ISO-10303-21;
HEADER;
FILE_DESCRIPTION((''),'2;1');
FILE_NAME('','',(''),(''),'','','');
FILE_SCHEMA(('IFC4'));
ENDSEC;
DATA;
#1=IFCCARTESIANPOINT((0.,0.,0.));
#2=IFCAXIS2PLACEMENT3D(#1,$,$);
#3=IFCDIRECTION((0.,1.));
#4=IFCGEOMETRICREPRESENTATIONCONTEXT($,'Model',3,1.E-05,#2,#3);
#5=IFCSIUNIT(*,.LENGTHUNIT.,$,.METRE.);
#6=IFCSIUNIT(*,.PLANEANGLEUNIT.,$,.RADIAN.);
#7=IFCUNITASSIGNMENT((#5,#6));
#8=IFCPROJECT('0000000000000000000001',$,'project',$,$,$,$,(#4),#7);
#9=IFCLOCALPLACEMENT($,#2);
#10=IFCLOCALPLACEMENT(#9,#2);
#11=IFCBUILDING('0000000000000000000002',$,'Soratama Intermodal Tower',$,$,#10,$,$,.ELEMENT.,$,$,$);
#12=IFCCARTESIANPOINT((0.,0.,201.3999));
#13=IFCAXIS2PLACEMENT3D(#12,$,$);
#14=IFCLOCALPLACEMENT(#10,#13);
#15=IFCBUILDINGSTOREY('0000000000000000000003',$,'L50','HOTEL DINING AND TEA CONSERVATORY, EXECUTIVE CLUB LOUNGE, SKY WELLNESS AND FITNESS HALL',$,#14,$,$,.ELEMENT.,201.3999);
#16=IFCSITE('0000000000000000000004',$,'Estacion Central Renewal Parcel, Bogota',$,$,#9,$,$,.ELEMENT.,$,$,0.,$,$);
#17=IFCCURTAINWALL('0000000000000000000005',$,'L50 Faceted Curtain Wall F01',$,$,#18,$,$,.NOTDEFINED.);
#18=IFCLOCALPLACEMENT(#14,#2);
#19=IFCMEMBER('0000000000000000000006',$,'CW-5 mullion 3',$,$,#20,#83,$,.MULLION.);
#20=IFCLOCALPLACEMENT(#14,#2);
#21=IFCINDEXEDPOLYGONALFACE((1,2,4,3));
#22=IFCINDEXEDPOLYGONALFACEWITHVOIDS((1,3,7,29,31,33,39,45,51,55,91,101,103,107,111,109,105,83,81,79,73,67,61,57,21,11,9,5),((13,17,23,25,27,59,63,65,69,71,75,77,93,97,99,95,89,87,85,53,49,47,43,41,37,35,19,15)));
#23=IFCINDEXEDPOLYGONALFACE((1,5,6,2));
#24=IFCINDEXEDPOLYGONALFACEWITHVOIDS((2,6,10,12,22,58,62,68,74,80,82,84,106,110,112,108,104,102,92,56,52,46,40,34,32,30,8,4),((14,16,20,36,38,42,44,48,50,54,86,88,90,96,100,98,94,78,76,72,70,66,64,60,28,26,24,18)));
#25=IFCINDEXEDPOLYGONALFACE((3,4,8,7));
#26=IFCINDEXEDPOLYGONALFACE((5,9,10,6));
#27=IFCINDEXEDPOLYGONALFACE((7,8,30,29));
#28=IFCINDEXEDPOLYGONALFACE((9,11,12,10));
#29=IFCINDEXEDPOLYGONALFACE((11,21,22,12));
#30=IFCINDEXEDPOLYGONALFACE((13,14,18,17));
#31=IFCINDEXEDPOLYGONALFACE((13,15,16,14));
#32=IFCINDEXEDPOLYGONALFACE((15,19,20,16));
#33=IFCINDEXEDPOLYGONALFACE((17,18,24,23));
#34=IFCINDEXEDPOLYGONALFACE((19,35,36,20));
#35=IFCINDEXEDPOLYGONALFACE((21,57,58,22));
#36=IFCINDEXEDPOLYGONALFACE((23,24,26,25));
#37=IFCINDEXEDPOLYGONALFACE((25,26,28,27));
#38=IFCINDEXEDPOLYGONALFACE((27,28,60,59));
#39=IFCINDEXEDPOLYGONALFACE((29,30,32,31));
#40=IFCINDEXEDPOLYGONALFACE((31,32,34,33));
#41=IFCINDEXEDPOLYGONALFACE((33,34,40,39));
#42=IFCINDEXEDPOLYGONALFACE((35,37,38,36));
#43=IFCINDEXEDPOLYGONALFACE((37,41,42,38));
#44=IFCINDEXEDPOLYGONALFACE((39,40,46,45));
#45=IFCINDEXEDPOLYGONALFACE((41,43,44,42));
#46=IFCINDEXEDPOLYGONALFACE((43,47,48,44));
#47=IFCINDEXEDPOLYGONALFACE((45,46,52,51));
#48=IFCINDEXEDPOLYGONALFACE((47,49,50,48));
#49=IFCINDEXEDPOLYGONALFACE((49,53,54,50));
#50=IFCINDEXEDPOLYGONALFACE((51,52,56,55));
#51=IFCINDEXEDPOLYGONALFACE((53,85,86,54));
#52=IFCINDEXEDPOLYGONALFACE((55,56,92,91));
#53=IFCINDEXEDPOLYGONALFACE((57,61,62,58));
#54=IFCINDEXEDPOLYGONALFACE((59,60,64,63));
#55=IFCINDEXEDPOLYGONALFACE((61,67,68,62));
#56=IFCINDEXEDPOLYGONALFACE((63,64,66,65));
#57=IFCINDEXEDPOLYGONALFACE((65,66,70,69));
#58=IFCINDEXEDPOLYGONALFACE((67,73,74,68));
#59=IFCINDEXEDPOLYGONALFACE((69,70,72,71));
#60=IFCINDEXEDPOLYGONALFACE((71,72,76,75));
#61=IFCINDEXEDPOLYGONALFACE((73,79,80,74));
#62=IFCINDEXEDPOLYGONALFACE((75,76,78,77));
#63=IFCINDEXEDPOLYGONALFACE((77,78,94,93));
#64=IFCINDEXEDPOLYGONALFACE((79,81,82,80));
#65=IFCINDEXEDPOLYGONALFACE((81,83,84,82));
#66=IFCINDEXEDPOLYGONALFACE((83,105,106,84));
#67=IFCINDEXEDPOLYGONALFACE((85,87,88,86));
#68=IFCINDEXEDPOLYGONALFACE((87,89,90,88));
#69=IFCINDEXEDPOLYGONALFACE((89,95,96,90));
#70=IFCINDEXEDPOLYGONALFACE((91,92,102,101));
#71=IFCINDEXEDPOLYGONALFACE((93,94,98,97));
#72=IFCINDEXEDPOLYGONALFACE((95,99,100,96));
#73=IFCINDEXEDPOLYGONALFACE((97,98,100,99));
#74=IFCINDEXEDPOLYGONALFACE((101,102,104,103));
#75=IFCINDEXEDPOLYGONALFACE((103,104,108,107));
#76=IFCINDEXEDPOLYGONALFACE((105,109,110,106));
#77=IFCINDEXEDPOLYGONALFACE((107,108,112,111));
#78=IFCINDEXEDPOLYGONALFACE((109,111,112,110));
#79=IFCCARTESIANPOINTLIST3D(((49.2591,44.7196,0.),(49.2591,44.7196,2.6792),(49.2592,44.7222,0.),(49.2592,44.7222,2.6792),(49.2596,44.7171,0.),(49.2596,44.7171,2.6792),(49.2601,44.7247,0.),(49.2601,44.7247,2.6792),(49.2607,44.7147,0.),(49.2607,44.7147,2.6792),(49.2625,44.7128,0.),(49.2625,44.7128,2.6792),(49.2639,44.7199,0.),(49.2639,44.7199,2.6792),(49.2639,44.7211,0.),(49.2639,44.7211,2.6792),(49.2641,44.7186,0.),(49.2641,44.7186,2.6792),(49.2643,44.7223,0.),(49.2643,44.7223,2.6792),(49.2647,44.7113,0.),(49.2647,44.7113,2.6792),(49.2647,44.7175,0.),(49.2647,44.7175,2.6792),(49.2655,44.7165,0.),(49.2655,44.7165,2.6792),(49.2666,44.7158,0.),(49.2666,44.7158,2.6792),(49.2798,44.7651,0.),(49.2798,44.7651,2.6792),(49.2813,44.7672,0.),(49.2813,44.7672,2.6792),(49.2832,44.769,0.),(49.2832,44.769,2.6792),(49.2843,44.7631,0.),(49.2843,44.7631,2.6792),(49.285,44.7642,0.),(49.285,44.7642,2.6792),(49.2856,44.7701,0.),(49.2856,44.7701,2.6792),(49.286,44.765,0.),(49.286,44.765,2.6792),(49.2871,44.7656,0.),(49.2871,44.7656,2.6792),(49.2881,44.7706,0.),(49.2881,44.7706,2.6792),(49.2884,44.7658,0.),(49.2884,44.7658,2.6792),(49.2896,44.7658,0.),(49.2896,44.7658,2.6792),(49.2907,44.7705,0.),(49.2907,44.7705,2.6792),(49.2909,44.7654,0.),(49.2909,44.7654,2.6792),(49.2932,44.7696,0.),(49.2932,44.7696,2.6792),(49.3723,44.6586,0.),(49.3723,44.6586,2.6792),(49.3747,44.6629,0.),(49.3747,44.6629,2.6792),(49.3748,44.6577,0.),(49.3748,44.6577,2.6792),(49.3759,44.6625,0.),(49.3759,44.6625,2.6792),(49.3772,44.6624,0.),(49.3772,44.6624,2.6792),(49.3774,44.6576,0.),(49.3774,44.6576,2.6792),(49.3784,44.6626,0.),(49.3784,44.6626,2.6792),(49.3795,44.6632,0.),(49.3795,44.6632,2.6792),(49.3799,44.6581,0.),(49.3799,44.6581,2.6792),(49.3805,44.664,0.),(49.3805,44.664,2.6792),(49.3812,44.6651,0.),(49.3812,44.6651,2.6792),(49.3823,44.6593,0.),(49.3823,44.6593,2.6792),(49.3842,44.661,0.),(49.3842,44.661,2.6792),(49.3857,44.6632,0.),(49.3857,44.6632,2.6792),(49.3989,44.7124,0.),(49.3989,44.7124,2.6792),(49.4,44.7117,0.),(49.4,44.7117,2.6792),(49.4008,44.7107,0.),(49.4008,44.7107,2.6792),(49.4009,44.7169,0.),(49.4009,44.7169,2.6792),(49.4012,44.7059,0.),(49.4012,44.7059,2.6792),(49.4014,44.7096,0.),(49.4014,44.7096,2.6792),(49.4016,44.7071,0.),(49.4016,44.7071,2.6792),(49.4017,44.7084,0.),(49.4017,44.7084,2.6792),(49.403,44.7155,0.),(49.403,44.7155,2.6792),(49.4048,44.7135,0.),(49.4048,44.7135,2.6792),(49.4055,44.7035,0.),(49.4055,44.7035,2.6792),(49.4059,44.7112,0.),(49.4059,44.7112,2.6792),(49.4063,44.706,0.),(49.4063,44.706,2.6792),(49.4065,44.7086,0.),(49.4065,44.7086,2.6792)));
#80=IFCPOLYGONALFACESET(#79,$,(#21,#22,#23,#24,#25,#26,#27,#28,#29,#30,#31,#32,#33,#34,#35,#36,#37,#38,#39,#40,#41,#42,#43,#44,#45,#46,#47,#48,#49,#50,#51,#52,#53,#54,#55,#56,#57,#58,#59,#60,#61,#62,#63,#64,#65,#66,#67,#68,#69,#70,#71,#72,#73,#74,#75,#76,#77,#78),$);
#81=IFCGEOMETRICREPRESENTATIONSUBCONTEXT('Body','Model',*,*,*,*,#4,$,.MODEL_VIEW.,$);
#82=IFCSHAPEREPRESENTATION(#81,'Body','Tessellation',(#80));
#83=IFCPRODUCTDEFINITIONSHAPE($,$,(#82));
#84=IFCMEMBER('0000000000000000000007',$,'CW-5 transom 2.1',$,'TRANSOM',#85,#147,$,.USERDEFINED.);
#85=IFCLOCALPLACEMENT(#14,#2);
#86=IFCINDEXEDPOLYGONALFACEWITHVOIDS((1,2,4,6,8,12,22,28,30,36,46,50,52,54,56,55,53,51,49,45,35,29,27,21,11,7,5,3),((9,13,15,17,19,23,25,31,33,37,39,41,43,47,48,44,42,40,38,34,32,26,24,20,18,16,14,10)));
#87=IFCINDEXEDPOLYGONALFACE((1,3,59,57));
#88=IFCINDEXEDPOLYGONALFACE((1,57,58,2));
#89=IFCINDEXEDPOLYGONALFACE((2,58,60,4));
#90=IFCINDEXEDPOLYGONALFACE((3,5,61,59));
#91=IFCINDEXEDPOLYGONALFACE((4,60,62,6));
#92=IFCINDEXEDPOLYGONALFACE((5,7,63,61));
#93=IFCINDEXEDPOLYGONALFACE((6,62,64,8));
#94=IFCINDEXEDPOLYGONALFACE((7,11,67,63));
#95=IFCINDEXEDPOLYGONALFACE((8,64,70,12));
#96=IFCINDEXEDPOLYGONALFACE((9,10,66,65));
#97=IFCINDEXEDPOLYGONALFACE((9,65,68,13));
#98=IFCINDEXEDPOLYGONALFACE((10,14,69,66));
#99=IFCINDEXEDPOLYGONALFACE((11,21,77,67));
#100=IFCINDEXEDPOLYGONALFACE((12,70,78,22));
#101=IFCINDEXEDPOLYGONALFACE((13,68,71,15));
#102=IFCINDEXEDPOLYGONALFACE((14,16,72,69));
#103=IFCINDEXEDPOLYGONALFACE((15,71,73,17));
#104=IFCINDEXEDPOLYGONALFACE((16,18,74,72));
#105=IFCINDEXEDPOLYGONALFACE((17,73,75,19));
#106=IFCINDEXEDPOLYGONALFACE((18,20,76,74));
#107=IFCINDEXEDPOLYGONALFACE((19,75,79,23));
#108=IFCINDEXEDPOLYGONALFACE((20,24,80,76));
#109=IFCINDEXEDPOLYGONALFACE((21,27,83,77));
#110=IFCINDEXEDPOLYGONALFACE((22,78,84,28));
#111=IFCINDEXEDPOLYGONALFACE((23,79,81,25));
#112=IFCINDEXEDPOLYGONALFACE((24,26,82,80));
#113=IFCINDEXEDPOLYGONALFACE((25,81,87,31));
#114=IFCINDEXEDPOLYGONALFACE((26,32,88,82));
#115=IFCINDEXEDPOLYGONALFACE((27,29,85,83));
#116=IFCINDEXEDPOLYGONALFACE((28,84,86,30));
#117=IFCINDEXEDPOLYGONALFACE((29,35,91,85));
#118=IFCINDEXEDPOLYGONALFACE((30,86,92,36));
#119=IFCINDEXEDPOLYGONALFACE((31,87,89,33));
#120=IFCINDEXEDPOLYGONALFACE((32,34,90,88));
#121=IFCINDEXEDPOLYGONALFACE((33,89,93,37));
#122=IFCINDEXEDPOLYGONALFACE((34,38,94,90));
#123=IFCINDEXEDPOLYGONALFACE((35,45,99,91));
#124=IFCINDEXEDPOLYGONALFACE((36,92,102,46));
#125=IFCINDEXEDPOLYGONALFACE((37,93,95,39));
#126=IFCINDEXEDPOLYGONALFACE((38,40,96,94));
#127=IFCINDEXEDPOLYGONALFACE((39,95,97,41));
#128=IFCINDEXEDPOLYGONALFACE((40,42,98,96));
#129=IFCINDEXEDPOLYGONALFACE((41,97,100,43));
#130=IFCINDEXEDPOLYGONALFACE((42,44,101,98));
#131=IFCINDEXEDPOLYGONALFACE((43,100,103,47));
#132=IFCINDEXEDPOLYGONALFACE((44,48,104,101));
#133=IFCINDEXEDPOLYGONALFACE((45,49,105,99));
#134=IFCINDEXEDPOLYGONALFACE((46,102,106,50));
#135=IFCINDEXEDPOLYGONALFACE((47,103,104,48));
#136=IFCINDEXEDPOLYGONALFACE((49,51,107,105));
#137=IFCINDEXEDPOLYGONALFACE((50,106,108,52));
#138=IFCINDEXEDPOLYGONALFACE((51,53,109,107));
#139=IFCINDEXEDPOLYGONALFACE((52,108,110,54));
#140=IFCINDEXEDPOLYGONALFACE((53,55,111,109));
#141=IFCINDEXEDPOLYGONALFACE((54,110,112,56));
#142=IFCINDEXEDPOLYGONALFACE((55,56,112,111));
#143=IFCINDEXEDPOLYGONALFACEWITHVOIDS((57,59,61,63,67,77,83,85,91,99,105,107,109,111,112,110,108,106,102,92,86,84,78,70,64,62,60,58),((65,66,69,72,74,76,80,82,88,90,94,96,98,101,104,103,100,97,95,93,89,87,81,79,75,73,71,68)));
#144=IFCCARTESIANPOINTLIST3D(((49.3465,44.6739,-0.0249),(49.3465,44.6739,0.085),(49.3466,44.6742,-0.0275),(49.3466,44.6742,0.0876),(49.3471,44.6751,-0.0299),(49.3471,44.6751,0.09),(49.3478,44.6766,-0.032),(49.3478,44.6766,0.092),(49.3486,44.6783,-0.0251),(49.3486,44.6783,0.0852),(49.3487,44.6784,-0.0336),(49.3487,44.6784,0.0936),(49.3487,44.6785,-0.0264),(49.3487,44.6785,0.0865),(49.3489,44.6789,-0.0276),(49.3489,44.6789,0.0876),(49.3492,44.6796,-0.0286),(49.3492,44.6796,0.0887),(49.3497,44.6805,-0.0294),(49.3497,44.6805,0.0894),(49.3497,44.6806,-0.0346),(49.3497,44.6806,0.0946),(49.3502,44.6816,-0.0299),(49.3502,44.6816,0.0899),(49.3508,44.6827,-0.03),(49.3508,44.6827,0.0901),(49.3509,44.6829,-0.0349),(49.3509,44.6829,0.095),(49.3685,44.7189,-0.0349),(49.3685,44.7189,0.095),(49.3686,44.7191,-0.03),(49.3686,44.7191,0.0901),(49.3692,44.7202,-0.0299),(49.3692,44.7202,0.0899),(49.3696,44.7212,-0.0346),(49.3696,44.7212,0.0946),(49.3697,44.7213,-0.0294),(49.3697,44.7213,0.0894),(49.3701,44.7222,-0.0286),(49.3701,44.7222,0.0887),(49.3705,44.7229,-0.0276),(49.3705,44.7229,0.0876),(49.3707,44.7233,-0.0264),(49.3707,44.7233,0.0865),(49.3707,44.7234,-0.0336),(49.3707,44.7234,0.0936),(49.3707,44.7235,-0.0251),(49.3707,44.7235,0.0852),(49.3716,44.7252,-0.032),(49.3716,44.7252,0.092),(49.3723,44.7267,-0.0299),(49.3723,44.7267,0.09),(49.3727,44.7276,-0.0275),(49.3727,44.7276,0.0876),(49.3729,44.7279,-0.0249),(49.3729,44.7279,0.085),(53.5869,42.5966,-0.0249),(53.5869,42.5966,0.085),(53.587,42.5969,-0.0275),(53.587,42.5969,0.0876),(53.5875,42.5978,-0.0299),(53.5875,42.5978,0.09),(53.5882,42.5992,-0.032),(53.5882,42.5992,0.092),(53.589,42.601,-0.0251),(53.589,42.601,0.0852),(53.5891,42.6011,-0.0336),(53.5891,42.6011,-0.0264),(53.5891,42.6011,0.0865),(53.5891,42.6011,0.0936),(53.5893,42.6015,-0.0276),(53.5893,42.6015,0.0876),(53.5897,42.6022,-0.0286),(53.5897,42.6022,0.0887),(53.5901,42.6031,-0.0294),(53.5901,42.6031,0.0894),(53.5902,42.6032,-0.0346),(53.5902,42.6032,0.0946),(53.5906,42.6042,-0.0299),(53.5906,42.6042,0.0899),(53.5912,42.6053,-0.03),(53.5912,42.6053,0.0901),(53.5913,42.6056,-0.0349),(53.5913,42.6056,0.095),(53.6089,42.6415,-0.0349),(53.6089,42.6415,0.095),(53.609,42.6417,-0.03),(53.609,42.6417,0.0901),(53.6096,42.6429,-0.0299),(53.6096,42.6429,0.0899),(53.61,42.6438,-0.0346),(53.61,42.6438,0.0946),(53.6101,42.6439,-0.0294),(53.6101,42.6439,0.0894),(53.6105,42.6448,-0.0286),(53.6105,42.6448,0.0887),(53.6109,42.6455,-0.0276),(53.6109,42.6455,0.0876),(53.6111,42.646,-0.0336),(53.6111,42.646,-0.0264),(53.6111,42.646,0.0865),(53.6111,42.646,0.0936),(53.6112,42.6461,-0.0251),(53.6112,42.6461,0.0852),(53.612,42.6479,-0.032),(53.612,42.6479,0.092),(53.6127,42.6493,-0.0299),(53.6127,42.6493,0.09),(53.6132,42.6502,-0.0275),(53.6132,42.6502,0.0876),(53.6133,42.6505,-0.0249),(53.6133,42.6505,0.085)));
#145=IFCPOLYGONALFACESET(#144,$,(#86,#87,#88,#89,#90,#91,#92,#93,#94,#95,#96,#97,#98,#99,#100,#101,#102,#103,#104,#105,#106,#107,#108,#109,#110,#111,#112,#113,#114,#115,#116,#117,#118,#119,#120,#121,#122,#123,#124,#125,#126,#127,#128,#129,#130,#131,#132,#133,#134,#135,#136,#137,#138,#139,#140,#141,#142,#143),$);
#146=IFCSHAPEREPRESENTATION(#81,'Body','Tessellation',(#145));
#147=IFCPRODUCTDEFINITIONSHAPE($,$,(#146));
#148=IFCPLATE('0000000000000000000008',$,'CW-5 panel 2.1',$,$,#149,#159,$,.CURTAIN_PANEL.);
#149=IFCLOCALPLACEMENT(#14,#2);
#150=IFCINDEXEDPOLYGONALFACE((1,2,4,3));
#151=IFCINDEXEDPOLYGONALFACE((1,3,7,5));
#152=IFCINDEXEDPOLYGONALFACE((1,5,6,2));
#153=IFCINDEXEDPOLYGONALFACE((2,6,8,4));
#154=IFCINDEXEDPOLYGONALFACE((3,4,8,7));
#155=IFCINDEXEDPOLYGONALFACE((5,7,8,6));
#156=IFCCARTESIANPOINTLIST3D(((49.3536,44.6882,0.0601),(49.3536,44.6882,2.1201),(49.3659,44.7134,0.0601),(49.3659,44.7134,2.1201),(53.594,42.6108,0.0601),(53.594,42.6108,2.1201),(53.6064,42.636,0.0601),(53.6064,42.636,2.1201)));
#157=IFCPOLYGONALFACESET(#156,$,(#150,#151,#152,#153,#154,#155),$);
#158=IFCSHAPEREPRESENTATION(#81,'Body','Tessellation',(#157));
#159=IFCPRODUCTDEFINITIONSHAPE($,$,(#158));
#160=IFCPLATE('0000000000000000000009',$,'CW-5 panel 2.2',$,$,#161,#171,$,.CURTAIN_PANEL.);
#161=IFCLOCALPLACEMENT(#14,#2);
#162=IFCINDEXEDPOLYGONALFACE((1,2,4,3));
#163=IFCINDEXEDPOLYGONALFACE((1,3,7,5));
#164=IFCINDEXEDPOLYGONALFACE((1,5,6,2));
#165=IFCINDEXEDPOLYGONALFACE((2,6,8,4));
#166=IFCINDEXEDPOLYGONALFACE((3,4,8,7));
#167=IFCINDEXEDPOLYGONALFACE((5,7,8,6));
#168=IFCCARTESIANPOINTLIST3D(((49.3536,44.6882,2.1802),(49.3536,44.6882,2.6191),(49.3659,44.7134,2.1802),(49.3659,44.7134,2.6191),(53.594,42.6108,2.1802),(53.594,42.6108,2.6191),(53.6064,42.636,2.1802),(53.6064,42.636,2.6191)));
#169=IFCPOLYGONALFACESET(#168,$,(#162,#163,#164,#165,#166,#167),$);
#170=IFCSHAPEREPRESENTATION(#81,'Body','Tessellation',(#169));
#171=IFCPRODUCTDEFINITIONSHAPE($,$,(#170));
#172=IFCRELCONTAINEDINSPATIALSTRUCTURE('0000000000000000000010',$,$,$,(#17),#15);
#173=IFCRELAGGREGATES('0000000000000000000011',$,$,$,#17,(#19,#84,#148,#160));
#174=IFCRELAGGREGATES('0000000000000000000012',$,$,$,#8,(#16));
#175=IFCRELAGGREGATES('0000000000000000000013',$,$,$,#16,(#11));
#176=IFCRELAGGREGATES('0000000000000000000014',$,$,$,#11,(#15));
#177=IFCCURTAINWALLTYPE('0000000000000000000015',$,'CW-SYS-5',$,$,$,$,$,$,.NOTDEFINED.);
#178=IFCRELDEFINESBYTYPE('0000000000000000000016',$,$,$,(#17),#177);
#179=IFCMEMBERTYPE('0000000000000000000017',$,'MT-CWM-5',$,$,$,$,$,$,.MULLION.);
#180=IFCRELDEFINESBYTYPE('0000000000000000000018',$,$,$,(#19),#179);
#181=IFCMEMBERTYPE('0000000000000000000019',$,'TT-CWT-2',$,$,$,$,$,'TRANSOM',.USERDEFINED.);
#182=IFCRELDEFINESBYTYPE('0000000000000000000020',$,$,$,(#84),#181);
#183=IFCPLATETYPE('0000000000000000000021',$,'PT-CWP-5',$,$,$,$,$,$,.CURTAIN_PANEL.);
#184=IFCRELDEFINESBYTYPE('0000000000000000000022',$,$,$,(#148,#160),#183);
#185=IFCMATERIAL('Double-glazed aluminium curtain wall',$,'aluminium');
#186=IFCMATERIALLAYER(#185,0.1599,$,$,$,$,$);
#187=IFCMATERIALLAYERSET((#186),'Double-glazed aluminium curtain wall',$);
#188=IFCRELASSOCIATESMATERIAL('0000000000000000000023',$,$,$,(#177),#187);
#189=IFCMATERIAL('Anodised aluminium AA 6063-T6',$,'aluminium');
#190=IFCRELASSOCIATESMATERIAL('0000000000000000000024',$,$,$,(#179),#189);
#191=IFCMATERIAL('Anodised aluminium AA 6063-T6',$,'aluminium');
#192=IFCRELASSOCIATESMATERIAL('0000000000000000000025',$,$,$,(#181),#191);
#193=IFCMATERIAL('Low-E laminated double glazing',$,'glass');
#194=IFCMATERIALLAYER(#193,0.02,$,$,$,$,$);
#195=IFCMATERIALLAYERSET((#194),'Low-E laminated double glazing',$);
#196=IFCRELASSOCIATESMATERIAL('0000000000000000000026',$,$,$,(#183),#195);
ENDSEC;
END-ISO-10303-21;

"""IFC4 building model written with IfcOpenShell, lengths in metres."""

from ifc_helpers import new_model, si_unit, direction, frame, origin, origin_2d, place, context, subcontext, project, spatial, rectangle, hollow_rectangle, extrude, material, layer, layer_set, material_profile, profile_set, type_object, element, aggregate, save


model = new_model("IFC4")

# Units and contexts
model_context = context("Model", 3, precision=1e-05, world=origin(), true_north=direction((0.0, 1.0)))
body_context = subcontext(model_context, "Body", "Model", "MODEL_VIEW")
ifc_project = project(units=[si_unit("LENGTHUNIT", "METRE"), si_unit("PLANEANGLEUNIT", "RADIAN")], contexts=[model_context])

# Site, building, storey
site_placement = place(None, origin())
site = spatial("IfcSite", under=ifc_project, at=site_placement, Name="Estacion Central Renewal Parcel, Bogota", CompositionType="ELEMENT", RefElevation=0.0)
building_placement = place(site_placement, origin())
building = spatial("IfcBuilding", under=site, at=building_placement, Name="Soratama Intermodal Tower", CompositionType="ELEMENT")
storey_placement = place(building_placement, frame((0.0, 0.0, 201.3999)))
storey = spatial("IfcBuildingStorey", under=building, at=storey_placement, Name="L50", Description="HOTEL DINING AND TEA CONSERVATORY, EXECUTIVE CLUB LOUNGE, SKY WELLNESS AND FITNESS HALL", CompositionType="ELEMENT", Elevation=201.3999)

# Curtain wall, members, plates
ifc_material_1 = material(Name="Double-glazed aluminium curtain wall", Category="aluminium")
ifc_layer_1 = layer(ifc_material_1, 0.1599)
ifc_layer_set_1 = layer_set([ifc_layer_1], Name="Double-glazed aluminium curtain wall")
curtain_wall_type = type_object("IfcCurtainWallType", Name="CW-SYS-5", PredefinedType="NOTDEFINED", material=ifc_layer_set_1)
curtain_wall_placement = place(storey_placement, origin())
curtain_wall = element("IfcCurtainWall", 1, at=curtain_wall_placement, inside=storey, type_object=curtain_wall_type, Name="L50 Faceted Curtain Wall F01", PredefinedType="NOTDEFINED")
ifc_material_2 = material(Name="Anodised aluminium AA 6063-T6", Category="aluminium")
ifc_material_profile_1 = material_profile(ifc_material_2, hollow_rectangle(XDim=0.0649, YDim=0.1399, WallThickness=0.0049, InnerFilletRadius=0.0049, OuterFilletRadius=0.01, at=origin_2d()), Name="CWM140X65X5")
ifc_profile_set_1 = profile_set([ifc_material_profile_1], Name="Anodised aluminium AA 6063-T6")
member_type_1 = type_object("IfcMemberType", Name="MT-CWM-5", PredefinedType="MULLION", material=ifc_profile_set_1)
member_1_placement = place(storey_placement, frame((49.3328, 44.7141, 0.0), z_axis=(0.0, 0.0, 1.0), x_axis=(-0.439938, -0.898028, 0.0)))
member_1 = element("IfcMember", 2, at=member_1_placement, type_object=member_type_1, Name="CW-5 mullion 3", PredefinedType="MULLION", context=body_context, shape_type="SweptSolid", body=[
    extrude(hollow_rectangle(XDim=0.0649, YDim=0.1399, WallThickness=0.0049, InnerFilletRadius=0.0049, OuterFilletRadius=0.01, at=origin_2d()), origin(), (0.0, 0.0, 1.0), 2.6792),
])
ifc_material_3 = material(Name="Anodised aluminium AA 6063-T6", Category="aluminium")
ifc_material_profile_2 = material_profile(ifc_material_3, hollow_rectangle(XDim=0.0601, YDim=0.1299, WallThickness=0.0049, InnerFilletRadius=0.0049, OuterFilletRadius=0.01, at=origin_2d()), Name="CWT130X60X5")
ifc_profile_set_2 = profile_set([ifc_material_profile_2], Name="Anodised aluminium AA 6063-T6")
member_type_2 = type_object("IfcMemberType", Name="TT-CWT-2", ElementType="TRANSOM", PredefinedType="USERDEFINED", material=ifc_profile_set_2)
member_2_placement = place(storey_placement, frame((53.6001, 42.6235, 0.03), z_axis=(-0.898027, 0.43994, 0.0), x_axis=(-0.43994, -0.898027, 0.0)))
member_2 = element("IfcMember", 3, at=member_2_placement, type_object=member_type_2, Name="CW-5 transom 2.1", ObjectType="TRANSOM", PredefinedType="USERDEFINED", context=body_context, shape_type="SweptSolid", body=[
    extrude(hollow_rectangle(XDim=0.0601, YDim=0.1299, WallThickness=0.0049, InnerFilletRadius=0.0049, OuterFilletRadius=0.01, at=origin_2d()), origin(), (0.0, 0.0, 1.0), 4.7219),
])
ifc_material_4 = material(Name="Low-E laminated double glazing", Category="glass")
ifc_layer_2 = layer(ifc_material_4, 0.02)
ifc_layer_set_2 = layer_set([ifc_layer_2], Name="Low-E laminated double glazing")
plate_type = type_object("IfcPlateType", Name="PT-CWP-5", PredefinedType="CURTAIN_PANEL", material=ifc_layer_set_2)
plate_1_placement = place(storey_placement, frame((51.48, 43.6621, 0.0601), z_axis=(0.0, 0.0, 1.0), x_axis=(-0.898028, 0.439938, 0.0)))
plate_1 = element("IfcPlate", 4, at=plate_1_placement, type_object=plate_type, Name="CW-5 panel 2.1", PredefinedType="CURTAIN_PANEL", context=body_context, shape_type="SweptSolid", body=[
    extrude(rectangle(XDim=4.7219, YDim=0.0281, at=origin_2d()), origin(), (0.0, 0.0, 1.0), 2.0601),
])
plate_2_placement = place(storey_placement, frame((51.48, 43.6621, 2.1802), z_axis=(0.0, 0.0, 1.0), x_axis=(-0.898028, 0.439938, 0.0)))
plate_2 = element("IfcPlate", 5, at=plate_2_placement, type_object=plate_type, Name="CW-5 panel 2.2", PredefinedType="CURTAIN_PANEL", context=body_context, shape_type="SweptSolid", body=[
    extrude(rectangle(XDim=4.7219, YDim=0.0281, at=origin_2d()), origin(), (0.0, 0.0, 1.0), 0.439),
])
aggregate(curtain_wall, [member_1, member_2, plate_1, plate_2])

save(model, "model.ifc")
